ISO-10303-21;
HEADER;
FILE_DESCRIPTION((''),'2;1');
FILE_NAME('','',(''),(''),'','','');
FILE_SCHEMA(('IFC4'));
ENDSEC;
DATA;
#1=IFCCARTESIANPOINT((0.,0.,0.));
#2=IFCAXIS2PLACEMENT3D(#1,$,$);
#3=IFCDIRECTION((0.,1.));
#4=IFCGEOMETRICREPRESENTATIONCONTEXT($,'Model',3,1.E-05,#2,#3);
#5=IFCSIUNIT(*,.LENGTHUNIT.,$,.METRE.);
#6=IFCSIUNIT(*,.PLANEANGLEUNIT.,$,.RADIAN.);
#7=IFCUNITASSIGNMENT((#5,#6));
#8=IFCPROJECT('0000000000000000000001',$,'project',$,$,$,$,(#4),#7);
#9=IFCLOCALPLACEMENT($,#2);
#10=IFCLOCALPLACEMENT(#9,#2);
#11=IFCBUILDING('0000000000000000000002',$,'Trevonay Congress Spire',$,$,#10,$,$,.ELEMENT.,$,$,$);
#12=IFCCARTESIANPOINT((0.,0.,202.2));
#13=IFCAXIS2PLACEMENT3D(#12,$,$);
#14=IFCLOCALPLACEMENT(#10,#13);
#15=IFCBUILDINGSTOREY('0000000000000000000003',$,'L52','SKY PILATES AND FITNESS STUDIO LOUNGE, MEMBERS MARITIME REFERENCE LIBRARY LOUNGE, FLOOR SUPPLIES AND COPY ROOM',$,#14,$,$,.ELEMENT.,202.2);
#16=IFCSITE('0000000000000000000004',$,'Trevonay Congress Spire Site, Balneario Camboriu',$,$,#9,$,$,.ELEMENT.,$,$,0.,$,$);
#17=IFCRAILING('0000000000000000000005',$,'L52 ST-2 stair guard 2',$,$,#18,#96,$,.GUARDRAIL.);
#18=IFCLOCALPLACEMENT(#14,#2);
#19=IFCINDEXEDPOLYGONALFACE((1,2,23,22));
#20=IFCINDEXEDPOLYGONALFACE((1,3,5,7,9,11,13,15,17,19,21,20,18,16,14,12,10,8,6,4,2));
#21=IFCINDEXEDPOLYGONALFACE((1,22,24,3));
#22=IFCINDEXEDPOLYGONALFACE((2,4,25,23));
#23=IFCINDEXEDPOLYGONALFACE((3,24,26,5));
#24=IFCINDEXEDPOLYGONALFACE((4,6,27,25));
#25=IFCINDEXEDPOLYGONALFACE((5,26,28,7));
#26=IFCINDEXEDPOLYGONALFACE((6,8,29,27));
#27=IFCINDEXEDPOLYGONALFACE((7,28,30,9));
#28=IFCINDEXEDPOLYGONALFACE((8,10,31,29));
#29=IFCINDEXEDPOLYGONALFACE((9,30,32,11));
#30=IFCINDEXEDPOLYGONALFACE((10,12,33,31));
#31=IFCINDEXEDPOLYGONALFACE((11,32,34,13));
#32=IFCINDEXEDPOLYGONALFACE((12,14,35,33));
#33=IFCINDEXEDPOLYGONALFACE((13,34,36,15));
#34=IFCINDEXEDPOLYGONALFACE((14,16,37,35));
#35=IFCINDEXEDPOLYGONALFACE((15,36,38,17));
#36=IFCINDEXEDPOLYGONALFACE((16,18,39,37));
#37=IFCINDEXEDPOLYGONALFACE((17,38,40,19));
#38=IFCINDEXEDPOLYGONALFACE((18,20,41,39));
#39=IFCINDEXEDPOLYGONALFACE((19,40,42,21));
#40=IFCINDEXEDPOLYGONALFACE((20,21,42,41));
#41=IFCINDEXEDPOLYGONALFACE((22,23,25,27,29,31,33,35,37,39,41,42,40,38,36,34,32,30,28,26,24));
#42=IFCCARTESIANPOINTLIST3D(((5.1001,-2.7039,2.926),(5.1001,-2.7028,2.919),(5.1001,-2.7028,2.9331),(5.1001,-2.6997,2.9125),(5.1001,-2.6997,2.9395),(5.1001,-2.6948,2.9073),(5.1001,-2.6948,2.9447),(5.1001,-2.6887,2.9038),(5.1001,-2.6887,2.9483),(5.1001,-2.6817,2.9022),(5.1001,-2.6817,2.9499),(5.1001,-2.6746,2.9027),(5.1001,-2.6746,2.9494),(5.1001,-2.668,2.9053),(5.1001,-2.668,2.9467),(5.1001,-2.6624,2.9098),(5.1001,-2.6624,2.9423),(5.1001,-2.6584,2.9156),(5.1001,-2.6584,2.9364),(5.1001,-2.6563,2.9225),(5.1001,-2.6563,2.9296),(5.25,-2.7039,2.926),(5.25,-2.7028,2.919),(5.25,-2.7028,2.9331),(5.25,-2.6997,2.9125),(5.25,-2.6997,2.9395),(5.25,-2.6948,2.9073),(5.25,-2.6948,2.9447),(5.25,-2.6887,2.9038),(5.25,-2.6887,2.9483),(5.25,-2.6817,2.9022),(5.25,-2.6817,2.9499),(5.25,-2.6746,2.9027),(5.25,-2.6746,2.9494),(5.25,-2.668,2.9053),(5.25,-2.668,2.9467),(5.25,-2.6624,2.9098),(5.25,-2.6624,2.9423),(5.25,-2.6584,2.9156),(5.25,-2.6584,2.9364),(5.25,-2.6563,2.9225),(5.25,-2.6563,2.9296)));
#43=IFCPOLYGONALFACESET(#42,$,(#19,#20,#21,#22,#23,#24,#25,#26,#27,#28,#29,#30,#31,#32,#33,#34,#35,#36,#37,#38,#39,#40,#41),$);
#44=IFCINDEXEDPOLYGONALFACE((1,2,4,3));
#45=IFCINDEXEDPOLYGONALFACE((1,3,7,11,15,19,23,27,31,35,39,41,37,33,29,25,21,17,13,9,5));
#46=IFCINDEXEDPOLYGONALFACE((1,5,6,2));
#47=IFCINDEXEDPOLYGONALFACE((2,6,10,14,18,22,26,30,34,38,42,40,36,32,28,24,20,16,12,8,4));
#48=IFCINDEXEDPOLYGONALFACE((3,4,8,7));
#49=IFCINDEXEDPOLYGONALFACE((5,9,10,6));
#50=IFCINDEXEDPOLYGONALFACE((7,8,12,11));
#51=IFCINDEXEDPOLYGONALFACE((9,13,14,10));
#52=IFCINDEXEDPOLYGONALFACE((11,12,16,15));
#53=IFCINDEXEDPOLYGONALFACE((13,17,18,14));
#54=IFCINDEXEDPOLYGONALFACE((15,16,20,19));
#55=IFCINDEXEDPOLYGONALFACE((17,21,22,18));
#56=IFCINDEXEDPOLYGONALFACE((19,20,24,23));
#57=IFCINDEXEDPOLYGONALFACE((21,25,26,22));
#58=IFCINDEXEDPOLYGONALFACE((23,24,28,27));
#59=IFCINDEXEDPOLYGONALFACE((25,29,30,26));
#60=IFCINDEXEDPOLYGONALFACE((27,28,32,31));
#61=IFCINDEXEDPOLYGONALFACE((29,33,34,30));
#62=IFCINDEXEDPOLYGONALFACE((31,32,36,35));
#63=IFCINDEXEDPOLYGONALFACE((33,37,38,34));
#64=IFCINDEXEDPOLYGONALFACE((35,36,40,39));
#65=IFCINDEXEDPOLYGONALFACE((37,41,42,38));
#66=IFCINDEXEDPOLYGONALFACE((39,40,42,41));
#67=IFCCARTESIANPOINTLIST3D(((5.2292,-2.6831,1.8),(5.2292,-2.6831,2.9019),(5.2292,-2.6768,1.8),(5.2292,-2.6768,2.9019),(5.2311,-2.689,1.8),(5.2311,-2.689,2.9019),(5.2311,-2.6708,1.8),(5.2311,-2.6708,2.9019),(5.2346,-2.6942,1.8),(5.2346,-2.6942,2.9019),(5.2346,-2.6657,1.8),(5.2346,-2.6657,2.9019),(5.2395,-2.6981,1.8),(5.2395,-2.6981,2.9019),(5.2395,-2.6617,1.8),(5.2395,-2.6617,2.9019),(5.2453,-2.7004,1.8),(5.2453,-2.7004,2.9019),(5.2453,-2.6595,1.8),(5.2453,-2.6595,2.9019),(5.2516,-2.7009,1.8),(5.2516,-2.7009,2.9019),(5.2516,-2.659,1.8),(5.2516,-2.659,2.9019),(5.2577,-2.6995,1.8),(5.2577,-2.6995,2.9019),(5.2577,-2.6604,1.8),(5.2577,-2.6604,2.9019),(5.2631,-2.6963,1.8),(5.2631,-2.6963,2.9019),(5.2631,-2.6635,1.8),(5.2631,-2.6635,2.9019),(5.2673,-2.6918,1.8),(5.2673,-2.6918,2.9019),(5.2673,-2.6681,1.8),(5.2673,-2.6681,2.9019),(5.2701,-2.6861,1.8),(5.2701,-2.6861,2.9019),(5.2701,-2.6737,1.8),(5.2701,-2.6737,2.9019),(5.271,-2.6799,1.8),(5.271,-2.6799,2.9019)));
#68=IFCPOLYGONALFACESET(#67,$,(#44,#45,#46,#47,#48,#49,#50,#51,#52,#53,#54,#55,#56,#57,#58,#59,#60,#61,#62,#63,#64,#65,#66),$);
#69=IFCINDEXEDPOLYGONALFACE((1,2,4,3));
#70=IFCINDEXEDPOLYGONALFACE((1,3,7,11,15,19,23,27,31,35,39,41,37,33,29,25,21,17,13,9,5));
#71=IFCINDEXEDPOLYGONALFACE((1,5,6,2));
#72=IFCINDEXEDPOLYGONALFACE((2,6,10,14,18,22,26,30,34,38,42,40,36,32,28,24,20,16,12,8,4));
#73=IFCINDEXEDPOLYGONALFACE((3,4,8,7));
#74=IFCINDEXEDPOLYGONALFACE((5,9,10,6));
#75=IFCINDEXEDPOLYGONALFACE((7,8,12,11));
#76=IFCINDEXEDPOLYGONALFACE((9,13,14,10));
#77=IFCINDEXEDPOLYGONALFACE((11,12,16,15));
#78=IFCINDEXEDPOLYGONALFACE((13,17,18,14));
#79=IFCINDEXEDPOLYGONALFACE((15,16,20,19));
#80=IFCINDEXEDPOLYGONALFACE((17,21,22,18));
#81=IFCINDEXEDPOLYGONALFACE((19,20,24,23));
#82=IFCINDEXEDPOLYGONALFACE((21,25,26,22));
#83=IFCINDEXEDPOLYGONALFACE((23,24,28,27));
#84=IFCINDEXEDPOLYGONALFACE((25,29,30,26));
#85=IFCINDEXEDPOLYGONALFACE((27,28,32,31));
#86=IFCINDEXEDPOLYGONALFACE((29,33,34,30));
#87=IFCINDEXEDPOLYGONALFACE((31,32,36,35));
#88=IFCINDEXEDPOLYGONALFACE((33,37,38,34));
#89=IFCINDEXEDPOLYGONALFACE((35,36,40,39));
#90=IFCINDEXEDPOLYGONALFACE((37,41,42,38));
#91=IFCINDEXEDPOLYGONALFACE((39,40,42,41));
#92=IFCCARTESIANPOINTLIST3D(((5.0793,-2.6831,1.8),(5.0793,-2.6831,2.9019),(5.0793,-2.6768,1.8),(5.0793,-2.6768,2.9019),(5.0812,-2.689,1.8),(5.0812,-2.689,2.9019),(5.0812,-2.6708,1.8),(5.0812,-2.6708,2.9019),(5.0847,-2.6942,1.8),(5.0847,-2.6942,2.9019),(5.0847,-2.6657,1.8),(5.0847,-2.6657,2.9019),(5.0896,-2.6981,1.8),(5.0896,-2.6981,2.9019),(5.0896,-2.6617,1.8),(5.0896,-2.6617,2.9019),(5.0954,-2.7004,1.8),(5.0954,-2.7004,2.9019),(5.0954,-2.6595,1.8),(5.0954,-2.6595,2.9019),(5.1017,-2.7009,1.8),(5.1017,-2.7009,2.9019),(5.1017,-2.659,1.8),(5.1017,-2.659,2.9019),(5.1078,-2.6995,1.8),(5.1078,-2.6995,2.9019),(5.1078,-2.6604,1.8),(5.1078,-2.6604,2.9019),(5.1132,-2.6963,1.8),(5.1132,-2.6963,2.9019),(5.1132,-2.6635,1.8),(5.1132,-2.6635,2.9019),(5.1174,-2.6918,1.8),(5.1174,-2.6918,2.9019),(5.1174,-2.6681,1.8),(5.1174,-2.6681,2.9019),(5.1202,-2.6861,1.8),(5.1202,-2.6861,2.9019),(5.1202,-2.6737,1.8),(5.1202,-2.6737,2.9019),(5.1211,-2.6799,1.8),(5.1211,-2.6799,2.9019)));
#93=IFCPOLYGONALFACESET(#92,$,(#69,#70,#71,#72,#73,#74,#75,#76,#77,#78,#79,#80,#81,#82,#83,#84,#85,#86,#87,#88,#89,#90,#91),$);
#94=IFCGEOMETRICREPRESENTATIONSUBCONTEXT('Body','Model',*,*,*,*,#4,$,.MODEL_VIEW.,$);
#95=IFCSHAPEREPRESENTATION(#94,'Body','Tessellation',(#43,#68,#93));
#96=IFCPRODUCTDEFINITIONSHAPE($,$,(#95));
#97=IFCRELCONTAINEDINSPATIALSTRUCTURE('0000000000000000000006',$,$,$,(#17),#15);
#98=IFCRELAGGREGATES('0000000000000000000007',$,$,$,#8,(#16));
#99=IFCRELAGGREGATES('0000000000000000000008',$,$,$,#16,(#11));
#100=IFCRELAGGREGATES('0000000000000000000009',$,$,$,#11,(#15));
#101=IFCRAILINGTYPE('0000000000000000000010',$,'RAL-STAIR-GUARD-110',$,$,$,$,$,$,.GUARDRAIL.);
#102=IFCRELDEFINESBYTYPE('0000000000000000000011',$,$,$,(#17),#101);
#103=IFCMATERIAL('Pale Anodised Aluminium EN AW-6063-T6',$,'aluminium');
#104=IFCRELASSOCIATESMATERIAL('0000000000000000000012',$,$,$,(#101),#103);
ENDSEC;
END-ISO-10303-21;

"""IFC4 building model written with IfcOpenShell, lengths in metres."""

from ifc_helpers import new_model, si_unit, direction, frame, origin, origin_2d, place, context, subcontext, project, spatial, circle, extrude, material, type_object, element, save


model = new_model("IFC4")

# Units and contexts
model_context = context("Model", 3, precision=1e-05, world=origin(), true_north=direction((0.0, 1.0)))
body_context = subcontext(model_context, "Body", "Model", "MODEL_VIEW")
ifc_project = project(units=[si_unit("LENGTHUNIT", "METRE"), si_unit("PLANEANGLEUNIT", "RADIAN")], contexts=[model_context])

# Site, building, storey
site_placement = place(None, origin())
site = spatial("IfcSite", under=ifc_project, at=site_placement, Name="Trevonay Congress Spire Site, Balneario Camboriu", CompositionType="ELEMENT", RefElevation=0.0)
building_placement = place(site_placement, origin())
building = spatial("IfcBuilding", under=site, at=building_placement, Name="Trevonay Congress Spire", CompositionType="ELEMENT")
storey_placement = place(building_placement, frame((0.0, 0.0, 202.2)))
storey = spatial("IfcBuildingStorey", under=building, at=storey_placement, Name="L52", Description="SKY PILATES AND FITNESS STUDIO LOUNGE, MEMBERS MARITIME REFERENCE LIBRARY LOUNGE, FLOOR SUPPLIES AND COPY ROOM", CompositionType="ELEMENT", Elevation=202.2)

# Shared definitions
ifc_material_1 = material(Name="Pale Anodised Aluminium EN AW-6063-T6", Category="aluminium")

# Railing
railing_type_1 = type_object("IfcRailingType", Name="RAL-STAIR-GUARD-110", PredefinedType="GUARDRAIL", material=ifc_material_1)
railing_1_placement = place(storey_placement, frame((5.25, -2.6799, 1.8)))
element("IfcRailing", 1, at=railing_1_placement, inside=storey, type_object=railing_type_1, Name="L52 ST-2 stair guard 2", PredefinedType="GUARDRAIL", context=body_context, shape_type="SweptSolid", body=[
    extrude(circle(Radius=0.0239, at=origin_2d()), frame((0.0, 0.0, 1.126), z_axis=(-1.0, 0.0, 0.0), x_axis=(0.0, -1.0, 0.0)), (0.0, 0.0, 1.0), 0.1499),
    extrude(circle(Radius=0.021, at=origin_2d()), origin(), (0.0, 0.0, 1.0), 1.1018),
    extrude(circle(Radius=0.021, at=origin_2d()), frame((-0.1499, 0.0, 0.0)), (0.0, 0.0, 1.0), 1.1018),
])

save(model, "model.ifc")
